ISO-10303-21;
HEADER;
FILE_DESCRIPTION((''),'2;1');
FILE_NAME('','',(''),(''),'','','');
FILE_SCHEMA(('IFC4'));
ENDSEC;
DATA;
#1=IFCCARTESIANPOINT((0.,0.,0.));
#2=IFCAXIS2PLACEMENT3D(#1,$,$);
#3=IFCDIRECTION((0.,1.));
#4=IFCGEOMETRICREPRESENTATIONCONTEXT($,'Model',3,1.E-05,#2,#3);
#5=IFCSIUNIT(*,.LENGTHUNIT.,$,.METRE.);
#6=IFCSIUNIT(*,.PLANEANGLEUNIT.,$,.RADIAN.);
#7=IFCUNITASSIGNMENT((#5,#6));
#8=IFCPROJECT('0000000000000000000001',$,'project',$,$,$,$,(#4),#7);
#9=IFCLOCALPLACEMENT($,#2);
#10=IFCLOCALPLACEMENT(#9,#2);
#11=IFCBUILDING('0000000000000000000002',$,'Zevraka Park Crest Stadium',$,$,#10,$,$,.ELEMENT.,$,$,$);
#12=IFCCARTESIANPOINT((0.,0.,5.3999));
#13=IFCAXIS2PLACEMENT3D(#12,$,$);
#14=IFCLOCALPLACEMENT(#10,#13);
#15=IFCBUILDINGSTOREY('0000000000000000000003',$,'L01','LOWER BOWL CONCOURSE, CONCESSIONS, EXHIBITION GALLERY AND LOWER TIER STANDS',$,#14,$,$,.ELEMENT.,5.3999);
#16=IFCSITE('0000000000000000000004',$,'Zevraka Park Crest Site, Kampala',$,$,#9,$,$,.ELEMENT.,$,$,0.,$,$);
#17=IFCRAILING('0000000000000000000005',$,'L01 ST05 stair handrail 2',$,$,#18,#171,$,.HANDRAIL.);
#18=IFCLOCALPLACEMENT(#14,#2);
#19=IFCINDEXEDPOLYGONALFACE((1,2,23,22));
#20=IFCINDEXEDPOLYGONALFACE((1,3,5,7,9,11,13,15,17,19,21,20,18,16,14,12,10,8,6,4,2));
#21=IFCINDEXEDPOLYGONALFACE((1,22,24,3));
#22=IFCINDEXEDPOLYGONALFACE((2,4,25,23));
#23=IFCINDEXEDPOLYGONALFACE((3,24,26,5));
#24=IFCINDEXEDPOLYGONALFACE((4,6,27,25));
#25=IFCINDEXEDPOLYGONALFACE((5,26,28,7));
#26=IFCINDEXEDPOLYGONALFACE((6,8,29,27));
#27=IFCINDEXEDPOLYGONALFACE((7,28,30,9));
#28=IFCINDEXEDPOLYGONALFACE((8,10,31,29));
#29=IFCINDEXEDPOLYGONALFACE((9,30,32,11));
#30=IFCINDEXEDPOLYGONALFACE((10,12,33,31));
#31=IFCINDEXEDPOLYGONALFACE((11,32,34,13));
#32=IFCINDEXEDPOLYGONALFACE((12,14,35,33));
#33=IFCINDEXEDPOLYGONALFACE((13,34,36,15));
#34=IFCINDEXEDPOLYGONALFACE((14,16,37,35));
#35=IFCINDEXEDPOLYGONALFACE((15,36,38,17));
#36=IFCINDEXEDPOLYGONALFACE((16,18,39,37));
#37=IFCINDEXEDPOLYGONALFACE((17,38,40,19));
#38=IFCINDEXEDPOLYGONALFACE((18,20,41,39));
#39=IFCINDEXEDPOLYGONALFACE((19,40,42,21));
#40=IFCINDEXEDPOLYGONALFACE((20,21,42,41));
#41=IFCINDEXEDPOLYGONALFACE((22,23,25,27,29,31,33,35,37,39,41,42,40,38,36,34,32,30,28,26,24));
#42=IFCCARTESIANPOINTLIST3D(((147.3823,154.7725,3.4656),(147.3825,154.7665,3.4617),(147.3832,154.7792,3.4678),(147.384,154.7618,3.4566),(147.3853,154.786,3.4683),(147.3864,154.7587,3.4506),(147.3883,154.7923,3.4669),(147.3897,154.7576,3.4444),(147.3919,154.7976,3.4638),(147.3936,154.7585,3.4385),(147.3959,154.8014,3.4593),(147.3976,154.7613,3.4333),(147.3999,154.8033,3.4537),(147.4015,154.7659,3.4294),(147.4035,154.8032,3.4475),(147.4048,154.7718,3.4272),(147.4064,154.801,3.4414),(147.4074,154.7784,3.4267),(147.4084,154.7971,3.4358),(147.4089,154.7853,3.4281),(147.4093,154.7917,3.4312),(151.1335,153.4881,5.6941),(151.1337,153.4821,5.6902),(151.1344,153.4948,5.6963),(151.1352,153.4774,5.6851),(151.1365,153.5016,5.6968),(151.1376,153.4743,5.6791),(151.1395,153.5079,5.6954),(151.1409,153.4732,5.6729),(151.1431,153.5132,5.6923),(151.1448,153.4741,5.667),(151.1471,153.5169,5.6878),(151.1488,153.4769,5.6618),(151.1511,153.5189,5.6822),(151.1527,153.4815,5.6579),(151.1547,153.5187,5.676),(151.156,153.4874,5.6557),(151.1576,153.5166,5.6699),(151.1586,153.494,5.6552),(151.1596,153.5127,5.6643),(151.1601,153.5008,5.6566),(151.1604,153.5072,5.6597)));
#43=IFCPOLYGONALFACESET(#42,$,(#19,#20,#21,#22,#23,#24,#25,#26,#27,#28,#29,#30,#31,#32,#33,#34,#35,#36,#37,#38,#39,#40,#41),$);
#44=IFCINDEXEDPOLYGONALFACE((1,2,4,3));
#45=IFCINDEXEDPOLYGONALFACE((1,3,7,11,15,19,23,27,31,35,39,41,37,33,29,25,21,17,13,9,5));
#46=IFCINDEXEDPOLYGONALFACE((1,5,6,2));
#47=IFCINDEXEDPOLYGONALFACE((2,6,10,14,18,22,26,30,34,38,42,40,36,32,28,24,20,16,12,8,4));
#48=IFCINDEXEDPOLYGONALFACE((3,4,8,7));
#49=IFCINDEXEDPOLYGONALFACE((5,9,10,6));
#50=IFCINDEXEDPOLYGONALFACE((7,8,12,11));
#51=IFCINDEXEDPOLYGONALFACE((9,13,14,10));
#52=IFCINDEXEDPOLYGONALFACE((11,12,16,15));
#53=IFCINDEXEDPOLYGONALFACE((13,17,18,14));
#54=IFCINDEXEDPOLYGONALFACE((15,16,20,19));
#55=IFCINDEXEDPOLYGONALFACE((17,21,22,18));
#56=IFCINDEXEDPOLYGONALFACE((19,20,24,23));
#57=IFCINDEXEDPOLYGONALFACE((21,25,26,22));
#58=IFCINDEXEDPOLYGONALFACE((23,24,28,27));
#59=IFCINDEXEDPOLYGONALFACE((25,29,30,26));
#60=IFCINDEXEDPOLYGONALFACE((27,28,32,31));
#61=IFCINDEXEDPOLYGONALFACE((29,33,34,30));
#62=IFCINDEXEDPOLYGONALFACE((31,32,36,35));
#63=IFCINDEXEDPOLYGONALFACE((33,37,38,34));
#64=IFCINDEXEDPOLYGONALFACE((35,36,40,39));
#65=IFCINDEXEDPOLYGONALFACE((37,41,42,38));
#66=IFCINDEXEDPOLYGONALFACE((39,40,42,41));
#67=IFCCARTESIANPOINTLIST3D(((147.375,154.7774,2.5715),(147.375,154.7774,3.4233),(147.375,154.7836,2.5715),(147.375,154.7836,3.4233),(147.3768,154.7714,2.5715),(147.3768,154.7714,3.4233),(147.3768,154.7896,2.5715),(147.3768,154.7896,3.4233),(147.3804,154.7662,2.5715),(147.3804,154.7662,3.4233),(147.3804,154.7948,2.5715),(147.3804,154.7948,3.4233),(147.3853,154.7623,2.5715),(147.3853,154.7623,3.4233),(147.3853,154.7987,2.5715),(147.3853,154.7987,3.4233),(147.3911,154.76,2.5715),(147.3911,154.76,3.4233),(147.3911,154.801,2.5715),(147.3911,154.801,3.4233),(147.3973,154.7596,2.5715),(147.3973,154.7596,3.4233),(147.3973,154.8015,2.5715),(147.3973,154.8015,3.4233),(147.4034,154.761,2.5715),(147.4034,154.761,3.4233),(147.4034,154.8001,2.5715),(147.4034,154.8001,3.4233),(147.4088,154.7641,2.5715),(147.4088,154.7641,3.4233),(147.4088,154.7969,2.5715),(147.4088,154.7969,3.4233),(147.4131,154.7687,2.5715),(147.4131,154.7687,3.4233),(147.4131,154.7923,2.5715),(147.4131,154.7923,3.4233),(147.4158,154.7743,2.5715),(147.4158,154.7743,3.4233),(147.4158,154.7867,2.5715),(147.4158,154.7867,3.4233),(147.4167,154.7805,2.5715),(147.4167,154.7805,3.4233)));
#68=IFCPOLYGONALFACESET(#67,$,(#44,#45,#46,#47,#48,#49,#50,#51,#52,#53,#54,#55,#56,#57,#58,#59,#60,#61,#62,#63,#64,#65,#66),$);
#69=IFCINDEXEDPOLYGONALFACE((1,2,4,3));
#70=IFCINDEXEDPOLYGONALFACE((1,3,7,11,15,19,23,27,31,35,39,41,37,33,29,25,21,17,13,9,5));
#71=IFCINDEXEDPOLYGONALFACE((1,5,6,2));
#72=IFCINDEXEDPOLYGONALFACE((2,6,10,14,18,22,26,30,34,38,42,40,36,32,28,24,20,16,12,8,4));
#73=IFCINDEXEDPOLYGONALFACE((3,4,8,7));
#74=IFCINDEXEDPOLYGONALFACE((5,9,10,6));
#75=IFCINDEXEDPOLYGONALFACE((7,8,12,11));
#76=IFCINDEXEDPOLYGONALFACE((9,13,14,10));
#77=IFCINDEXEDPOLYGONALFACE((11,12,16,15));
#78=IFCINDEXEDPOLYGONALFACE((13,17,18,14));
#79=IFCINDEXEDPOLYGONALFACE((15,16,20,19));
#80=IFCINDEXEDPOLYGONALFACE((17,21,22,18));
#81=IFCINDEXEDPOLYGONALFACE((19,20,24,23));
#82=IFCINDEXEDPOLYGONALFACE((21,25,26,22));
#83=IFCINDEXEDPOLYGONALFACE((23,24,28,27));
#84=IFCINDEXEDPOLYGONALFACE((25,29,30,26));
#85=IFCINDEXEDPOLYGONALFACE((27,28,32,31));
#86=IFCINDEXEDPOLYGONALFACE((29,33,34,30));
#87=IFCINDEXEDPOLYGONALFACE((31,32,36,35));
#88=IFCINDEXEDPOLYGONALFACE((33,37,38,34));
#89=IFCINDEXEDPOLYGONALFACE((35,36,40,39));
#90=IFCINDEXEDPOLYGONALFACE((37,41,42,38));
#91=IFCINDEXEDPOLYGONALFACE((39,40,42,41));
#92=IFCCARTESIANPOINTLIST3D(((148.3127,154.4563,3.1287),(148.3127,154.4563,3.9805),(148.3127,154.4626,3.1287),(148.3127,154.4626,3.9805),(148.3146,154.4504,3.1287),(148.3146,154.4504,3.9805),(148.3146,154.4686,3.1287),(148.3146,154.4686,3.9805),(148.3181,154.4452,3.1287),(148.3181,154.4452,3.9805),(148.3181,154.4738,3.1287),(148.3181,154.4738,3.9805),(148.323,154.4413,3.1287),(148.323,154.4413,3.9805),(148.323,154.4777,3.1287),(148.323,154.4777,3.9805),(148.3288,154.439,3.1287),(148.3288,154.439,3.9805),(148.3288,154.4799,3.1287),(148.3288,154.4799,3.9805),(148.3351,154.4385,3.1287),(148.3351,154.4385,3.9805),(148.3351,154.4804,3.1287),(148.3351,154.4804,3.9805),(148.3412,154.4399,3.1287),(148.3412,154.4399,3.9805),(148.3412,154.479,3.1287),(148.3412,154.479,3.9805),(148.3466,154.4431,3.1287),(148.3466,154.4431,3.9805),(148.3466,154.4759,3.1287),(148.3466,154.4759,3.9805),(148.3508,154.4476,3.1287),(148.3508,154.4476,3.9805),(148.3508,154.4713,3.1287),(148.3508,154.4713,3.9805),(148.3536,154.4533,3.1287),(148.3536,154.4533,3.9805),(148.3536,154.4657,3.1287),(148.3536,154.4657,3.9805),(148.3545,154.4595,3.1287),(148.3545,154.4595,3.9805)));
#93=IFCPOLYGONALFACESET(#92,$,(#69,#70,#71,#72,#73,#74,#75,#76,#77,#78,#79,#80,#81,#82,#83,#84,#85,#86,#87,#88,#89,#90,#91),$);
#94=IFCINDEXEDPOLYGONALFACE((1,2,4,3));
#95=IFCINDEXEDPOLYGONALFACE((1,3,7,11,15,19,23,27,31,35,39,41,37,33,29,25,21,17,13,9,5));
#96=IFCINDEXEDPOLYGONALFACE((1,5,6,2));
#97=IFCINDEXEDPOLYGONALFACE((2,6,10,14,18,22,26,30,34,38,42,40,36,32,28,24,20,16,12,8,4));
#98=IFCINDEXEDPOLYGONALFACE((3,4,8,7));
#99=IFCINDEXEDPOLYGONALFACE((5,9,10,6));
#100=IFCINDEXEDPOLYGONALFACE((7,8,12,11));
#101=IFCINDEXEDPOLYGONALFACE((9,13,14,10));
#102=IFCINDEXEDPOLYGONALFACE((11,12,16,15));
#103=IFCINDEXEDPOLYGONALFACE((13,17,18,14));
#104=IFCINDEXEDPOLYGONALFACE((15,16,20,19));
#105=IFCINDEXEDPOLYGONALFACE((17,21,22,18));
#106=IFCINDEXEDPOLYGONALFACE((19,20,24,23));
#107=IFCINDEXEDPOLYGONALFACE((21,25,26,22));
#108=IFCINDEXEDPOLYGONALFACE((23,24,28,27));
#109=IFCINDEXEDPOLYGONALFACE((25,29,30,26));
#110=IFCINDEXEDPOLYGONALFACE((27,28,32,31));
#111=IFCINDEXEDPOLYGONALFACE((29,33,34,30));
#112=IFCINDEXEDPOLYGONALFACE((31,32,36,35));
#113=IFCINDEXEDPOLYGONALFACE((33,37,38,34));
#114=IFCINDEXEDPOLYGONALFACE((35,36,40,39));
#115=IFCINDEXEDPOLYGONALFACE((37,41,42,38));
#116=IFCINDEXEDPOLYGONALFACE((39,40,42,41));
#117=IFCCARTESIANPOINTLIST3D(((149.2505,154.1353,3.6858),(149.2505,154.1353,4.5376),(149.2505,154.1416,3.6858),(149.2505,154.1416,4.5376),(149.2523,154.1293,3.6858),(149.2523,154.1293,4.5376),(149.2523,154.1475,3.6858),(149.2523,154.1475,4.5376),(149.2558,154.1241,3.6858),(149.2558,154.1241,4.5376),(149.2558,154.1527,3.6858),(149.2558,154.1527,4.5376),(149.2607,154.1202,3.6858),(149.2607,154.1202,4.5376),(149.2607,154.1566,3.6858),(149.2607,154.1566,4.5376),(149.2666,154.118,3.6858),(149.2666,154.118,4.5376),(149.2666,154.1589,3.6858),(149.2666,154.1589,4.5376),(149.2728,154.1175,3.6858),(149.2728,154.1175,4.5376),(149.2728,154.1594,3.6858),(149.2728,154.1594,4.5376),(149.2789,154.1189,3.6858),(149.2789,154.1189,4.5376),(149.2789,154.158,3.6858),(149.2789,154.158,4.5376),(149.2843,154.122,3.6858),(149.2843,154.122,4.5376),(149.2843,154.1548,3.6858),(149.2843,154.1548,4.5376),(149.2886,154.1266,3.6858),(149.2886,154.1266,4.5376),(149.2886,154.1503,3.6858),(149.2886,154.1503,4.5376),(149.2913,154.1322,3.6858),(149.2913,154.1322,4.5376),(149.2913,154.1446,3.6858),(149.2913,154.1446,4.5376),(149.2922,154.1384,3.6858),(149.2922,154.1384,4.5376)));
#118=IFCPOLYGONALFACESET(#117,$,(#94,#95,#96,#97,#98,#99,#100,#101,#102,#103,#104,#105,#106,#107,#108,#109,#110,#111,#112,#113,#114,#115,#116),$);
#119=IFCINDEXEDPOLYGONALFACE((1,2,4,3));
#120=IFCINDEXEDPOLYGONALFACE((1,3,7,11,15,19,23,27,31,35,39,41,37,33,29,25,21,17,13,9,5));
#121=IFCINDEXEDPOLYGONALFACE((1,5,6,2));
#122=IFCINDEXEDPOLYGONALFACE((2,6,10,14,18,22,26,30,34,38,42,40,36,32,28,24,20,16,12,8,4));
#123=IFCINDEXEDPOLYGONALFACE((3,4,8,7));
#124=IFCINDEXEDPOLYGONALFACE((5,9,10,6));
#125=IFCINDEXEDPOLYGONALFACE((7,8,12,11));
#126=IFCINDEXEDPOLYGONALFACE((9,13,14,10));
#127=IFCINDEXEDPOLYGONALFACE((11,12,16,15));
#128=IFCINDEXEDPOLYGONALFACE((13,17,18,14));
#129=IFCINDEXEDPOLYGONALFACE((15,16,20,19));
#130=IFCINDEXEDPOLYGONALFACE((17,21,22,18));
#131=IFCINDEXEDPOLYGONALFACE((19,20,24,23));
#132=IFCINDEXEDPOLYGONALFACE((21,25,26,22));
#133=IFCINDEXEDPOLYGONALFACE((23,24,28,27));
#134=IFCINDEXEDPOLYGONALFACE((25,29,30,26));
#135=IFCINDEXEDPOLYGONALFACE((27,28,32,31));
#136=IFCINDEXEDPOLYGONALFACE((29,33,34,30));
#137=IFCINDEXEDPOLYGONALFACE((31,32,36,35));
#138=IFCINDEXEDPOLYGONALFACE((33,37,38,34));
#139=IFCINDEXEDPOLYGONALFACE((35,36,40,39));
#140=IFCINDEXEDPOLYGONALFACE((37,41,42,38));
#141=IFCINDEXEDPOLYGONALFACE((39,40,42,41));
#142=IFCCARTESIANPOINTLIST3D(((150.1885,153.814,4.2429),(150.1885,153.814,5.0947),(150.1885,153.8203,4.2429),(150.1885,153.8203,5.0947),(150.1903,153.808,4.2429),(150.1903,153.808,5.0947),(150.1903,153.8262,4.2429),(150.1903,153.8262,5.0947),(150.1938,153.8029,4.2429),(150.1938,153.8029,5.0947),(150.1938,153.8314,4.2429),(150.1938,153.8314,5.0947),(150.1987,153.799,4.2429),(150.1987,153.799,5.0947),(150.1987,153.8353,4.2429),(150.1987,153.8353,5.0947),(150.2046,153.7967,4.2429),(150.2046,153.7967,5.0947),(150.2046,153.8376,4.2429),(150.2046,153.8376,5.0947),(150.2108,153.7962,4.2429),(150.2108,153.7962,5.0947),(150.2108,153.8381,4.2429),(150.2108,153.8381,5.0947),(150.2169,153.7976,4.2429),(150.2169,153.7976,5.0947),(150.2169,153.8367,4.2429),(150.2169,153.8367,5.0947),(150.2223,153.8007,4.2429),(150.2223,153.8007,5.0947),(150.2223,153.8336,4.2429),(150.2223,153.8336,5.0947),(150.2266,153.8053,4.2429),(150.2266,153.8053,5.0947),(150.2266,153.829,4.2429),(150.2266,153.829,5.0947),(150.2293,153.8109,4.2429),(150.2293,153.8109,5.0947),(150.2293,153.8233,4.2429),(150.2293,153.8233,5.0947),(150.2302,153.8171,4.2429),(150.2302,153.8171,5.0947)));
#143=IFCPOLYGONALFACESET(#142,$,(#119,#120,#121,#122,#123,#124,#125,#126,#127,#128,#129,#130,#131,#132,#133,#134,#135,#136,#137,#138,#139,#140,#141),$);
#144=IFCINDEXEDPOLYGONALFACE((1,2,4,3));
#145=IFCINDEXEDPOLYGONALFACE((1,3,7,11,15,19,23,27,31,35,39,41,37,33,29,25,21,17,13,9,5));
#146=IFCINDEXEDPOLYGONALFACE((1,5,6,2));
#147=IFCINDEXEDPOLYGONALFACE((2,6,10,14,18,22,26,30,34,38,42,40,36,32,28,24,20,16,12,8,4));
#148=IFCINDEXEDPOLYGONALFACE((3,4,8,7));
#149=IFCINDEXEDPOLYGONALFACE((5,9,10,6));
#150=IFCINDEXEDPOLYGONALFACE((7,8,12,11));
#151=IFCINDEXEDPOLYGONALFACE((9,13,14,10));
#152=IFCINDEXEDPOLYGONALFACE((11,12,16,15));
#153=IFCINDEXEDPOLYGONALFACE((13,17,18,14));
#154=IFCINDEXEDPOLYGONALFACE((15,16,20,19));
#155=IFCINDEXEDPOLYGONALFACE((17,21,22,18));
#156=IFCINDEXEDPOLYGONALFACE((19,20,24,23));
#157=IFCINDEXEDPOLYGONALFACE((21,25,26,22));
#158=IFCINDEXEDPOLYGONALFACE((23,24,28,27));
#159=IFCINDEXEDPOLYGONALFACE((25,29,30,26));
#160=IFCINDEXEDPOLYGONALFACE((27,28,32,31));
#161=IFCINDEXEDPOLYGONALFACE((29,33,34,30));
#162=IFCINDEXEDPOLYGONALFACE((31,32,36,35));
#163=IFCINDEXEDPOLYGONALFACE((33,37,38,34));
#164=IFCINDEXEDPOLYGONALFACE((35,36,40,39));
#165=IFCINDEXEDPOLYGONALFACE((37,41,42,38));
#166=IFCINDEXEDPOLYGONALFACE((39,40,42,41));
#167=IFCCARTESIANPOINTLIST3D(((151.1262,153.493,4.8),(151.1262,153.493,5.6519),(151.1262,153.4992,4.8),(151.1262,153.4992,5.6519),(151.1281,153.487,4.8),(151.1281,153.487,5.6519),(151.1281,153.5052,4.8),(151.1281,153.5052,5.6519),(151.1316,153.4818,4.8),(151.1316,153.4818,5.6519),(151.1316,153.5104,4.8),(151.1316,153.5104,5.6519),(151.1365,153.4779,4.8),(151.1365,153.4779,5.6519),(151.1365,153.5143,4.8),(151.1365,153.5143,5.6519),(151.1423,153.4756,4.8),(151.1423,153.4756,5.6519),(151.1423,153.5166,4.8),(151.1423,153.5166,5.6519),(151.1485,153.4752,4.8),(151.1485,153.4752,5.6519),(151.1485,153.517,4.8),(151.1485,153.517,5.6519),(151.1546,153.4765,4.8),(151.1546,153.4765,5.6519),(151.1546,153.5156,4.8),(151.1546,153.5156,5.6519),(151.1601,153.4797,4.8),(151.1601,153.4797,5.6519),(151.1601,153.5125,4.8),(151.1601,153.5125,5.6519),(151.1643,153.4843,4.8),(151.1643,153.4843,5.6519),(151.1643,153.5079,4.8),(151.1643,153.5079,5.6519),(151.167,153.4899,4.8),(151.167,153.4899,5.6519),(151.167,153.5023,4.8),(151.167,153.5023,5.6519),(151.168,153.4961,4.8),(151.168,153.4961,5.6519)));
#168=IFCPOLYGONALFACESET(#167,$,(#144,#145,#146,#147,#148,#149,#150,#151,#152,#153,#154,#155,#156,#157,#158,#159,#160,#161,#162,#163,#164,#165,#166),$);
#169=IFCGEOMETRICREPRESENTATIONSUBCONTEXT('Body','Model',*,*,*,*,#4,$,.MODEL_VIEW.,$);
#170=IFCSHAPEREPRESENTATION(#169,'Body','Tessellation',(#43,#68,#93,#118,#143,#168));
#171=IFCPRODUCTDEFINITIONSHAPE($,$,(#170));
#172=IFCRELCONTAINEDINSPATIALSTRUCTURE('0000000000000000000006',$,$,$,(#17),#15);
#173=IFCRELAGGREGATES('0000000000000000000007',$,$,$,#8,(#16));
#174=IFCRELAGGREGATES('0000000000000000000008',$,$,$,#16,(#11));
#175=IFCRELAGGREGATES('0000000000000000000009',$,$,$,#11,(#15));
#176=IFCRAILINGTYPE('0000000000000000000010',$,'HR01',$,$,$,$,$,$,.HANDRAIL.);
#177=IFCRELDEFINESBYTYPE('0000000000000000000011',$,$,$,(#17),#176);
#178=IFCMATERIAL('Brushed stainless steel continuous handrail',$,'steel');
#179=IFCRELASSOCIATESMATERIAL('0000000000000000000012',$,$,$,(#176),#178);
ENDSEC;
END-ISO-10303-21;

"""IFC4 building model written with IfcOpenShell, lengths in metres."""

from ifc_helpers import new_model, si_unit, direction, frame, origin, origin_2d, place, context, subcontext, project, spatial, circle, extrude, material, type_object, element, save


model = new_model("IFC4")

# Units and contexts
model_context = context("Model", 3, precision=1e-05, world=origin(), true_north=direction((0.0, 1.0)))
body_context = subcontext(model_context, "Body", "Model", "MODEL_VIEW")
ifc_project = project(units=[si_unit("LENGTHUNIT", "METRE"), si_unit("PLANEANGLEUNIT", "RADIAN")], contexts=[model_context])

# Site, building, storey
site_placement = place(None, origin())
site = spatial("IfcSite", under=ifc_project, at=site_placement, Name="Zevraka Park Crest Site, Kampala", CompositionType="ELEMENT", RefElevation=0.0)
building_placement = place(site_placement, origin())
building = spatial("IfcBuilding", under=site, at=building_placement, Name="Zevraka Park Crest Stadium", CompositionType="ELEMENT")
storey_placement = place(building_placement, frame((0.0, 0.0, 5.3999)))
storey = spatial("IfcBuildingStorey", under=building, at=storey_placement, Name="L01", Description="LOWER BOWL CONCOURSE, CONCESSIONS, EXHIBITION GALLERY AND LOWER TIER STANDS", CompositionType="ELEMENT", Elevation=5.3999)

# Railing
ifc_material_1 = material(Name="Brushed stainless steel continuous handrail", Category="steel")
railing_type_1 = type_object("IfcRailingType", Name="HR01", PredefinedType="HANDRAIL", material=ifc_material_1)
railing_1_placement = place(storey_placement, frame((147.3958, 154.7805, 2.5715)))
element("IfcRailing", 1, at=railing_1_placement, inside=storey, type_object=railing_type_1, Name="L01 ST05 stair handrail 2", PredefinedType="HANDRAIL", context=body_context, shape_type="SweptSolid", body=[
    extrude(circle(Radius=0.0239, at=origin_2d()), frame((0.0, 0.0, 0.876), z_axis=(0.824739, -0.282392, 0.489959), x_axis=(0.323939, 0.946078, 0.0)), (0.0, 0.0, 1.0), 4.5483),
    extrude(circle(Radius=0.021, at=origin_2d()), origin(), (0.0, 0.0, 1.0), 0.8518),
    extrude(circle(Radius=0.021, at=origin_2d()), frame((0.9377, -0.321, 0.5571)), (0.0, 0.0, 1.0), 0.8518),
    extrude(circle(Radius=0.021, at=origin_2d()), frame((1.8755, -0.6421, 1.1143)), (0.0, 0.0, 1.0), 0.8518),
    extrude(circle(Radius=0.021, at=origin_2d()), frame((2.8135, -0.9634, 1.6714)), (0.0, 0.0, 1.0), 0.8518),
    extrude(circle(Radius=0.021, at=origin_2d()), frame((3.7512, -1.2844, 2.2285)), (0.0, 0.0, 1.0), 0.8518),
])

save(model, "model.ifc")
